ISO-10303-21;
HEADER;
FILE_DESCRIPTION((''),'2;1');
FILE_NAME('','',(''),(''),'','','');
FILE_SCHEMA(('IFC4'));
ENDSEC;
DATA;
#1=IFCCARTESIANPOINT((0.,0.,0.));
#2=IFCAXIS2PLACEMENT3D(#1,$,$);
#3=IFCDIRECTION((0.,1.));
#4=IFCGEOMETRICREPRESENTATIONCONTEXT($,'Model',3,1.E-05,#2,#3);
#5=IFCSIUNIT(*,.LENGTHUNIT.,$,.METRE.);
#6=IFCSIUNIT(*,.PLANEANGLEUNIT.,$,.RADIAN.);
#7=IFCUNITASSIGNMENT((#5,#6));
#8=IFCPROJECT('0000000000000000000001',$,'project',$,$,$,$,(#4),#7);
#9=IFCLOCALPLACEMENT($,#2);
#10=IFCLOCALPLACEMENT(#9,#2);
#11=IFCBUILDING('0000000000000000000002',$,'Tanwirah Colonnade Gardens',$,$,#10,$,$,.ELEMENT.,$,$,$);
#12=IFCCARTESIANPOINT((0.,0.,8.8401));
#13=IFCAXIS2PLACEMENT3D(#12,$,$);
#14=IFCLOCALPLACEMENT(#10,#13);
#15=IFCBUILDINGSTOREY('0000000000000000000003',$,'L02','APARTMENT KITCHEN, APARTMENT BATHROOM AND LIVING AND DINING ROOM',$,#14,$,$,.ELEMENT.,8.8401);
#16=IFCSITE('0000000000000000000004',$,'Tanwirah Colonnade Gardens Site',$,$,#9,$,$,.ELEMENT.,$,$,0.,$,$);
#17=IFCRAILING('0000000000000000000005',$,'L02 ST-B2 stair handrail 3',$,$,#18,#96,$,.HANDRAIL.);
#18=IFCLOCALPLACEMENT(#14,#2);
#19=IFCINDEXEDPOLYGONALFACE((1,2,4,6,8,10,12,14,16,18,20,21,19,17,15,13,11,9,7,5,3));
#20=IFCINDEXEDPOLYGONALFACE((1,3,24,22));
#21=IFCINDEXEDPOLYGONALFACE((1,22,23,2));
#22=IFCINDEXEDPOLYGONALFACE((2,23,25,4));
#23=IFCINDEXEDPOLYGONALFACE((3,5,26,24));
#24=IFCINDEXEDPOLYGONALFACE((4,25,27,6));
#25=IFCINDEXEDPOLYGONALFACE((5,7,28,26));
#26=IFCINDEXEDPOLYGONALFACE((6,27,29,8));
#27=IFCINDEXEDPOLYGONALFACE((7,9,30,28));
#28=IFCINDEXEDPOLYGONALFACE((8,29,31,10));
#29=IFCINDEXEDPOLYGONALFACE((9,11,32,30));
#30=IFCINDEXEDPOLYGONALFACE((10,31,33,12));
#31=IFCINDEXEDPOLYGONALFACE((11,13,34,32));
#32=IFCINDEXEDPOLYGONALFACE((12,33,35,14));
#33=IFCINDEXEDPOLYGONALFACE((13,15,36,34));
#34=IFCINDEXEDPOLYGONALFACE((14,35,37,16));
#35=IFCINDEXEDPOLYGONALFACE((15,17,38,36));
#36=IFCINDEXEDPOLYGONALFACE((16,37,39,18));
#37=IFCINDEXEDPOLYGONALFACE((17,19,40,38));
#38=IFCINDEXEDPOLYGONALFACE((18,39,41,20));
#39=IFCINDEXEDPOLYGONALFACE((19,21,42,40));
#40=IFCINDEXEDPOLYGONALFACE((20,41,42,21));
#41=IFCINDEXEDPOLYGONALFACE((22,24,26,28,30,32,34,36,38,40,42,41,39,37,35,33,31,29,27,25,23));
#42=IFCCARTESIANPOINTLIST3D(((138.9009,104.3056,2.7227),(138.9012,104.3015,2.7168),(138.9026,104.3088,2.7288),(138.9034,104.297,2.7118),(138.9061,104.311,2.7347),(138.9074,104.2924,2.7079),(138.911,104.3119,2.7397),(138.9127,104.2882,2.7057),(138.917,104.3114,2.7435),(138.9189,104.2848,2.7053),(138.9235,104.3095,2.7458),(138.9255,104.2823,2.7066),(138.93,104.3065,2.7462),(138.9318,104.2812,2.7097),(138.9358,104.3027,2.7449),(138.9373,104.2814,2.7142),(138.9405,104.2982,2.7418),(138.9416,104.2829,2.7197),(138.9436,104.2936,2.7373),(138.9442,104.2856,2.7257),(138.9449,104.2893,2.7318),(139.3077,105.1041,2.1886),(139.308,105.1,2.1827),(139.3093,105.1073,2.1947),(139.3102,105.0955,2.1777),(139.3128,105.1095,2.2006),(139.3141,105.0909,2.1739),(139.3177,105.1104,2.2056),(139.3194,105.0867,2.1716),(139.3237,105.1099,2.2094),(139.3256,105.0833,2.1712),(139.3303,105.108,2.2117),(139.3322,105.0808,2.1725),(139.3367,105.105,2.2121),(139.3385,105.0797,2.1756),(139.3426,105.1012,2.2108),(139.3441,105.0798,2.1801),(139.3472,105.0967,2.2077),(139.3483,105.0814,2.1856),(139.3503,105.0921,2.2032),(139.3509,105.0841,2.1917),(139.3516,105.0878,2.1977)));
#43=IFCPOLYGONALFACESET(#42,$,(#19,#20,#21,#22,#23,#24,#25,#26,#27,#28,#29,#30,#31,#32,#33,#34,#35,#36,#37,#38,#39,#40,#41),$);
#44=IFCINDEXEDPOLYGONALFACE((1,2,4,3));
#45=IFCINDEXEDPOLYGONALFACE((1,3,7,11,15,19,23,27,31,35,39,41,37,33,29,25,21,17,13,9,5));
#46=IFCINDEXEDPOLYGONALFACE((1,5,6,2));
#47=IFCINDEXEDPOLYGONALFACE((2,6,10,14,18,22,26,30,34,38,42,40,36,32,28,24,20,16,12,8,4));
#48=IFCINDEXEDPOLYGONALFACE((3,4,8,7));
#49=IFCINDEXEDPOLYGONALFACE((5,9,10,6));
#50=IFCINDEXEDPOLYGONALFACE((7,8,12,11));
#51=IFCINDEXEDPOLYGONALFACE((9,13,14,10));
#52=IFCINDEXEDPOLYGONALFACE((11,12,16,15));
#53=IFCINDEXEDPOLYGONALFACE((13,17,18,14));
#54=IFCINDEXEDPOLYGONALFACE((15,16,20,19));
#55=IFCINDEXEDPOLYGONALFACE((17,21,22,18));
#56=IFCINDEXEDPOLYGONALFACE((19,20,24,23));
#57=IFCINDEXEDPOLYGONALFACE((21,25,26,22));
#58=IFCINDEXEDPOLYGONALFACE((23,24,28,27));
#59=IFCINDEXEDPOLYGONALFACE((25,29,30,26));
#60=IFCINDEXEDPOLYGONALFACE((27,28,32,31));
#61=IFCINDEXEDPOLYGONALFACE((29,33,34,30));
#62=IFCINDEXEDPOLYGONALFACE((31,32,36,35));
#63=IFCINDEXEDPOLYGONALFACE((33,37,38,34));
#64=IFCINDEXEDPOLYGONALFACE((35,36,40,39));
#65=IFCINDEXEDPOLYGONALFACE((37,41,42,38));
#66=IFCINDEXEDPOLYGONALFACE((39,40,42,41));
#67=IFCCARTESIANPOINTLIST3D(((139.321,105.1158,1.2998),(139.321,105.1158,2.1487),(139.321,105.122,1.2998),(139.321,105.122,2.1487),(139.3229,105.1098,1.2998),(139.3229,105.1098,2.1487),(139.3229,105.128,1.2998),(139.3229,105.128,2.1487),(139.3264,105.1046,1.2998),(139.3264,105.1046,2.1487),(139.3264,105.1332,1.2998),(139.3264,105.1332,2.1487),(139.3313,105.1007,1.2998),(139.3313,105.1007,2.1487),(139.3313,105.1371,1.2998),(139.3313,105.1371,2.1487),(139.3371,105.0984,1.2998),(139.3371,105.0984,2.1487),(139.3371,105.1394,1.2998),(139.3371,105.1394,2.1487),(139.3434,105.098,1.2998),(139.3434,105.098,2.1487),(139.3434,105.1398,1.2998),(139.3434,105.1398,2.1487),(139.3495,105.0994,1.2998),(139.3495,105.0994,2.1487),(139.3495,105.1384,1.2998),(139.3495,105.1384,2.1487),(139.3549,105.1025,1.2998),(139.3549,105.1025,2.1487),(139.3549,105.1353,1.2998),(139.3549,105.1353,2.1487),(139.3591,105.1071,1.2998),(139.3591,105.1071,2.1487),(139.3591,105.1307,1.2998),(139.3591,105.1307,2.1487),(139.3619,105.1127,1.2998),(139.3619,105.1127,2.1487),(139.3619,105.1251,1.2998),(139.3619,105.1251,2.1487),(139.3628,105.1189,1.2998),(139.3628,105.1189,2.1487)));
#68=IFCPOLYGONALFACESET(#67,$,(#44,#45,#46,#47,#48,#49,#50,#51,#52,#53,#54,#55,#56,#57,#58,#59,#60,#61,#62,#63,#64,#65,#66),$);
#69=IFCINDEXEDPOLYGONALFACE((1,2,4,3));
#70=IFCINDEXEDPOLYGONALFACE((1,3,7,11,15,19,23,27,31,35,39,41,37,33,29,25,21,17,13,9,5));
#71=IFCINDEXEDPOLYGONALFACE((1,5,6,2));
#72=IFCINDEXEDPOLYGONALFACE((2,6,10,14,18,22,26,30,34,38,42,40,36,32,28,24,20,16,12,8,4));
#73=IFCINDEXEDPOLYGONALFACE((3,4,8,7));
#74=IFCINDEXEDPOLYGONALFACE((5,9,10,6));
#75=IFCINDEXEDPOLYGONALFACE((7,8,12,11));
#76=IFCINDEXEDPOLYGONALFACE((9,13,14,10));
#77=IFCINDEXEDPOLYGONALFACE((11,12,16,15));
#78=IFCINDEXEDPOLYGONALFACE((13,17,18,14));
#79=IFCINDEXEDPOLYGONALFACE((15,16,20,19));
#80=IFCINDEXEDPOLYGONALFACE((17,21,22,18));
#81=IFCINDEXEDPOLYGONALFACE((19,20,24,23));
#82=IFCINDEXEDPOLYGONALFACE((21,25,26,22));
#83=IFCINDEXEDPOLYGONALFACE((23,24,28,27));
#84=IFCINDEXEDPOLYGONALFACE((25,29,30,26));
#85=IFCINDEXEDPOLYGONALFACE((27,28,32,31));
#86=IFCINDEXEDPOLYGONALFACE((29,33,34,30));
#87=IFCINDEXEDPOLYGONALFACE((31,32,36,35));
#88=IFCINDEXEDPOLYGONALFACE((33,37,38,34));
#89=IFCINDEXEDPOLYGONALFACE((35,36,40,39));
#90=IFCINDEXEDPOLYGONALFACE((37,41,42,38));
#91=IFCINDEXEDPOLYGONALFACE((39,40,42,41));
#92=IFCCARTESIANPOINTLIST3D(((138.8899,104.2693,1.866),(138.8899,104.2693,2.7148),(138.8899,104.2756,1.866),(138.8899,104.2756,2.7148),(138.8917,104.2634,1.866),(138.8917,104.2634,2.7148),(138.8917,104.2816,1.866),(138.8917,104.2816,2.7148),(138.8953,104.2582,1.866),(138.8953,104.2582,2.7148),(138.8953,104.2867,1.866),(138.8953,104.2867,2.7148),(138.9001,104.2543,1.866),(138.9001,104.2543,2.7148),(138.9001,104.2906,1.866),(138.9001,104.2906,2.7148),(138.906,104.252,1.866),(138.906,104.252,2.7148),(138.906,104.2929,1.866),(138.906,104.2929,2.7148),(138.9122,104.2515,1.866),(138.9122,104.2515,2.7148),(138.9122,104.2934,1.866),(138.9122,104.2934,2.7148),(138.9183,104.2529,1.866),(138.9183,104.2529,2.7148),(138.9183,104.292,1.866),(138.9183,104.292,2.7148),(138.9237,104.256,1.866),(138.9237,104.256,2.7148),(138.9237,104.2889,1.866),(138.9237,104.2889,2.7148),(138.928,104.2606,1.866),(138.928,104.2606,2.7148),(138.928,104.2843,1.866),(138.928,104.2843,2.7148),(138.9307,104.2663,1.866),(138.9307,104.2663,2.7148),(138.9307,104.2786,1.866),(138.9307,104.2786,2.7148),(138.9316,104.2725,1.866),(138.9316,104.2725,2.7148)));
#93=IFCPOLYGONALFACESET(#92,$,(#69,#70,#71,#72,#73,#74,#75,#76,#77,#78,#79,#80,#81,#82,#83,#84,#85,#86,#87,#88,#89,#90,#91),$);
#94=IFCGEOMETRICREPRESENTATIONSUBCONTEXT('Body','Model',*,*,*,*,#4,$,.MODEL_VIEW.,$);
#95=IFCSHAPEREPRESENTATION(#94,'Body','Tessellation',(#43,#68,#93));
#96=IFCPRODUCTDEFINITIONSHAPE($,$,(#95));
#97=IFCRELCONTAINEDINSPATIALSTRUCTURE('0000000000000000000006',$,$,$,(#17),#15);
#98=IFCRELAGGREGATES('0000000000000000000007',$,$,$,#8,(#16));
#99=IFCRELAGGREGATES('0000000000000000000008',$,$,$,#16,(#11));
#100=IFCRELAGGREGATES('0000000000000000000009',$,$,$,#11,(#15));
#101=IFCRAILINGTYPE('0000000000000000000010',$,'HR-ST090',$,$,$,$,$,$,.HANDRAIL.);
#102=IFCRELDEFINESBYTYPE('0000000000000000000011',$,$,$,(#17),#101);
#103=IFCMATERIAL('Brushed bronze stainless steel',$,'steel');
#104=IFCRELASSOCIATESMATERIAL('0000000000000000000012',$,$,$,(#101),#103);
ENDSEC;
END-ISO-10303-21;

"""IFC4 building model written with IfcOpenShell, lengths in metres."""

from ifc_helpers import new_model, si_unit, direction, frame, origin, origin_2d, place, context, subcontext, project, spatial, circle, extrude, material, type_object, element, save


model = new_model("IFC4")

# Units and contexts
model_context = context("Model", 3, precision=1e-05, world=origin(), true_north=direction((0.0, 1.0)))
body_context = subcontext(model_context, "Body", "Model", "MODEL_VIEW")
ifc_project = project(units=[si_unit("LENGTHUNIT", "METRE"), si_unit("PLANEANGLEUNIT", "RADIAN")], contexts=[model_context])

# Site, building, storey
site_placement = place(None, origin())
site = spatial("IfcSite", under=ifc_project, at=site_placement, Name="Tanwirah Colonnade Gardens Site", CompositionType="ELEMENT", RefElevation=0.0)
building_placement = place(site_placement, origin())
building = spatial("IfcBuilding", under=site, at=building_placement, Name="Tanwirah Colonnade Gardens", CompositionType="ELEMENT")
storey_placement = place(building_placement, frame((0.0, 0.0, 8.8401)))
storey = spatial("IfcBuildingStorey", under=building, at=storey_placement, Name="L02", Description="APARTMENT KITCHEN, APARTMENT BATHROOM AND LIVING AND DINING ROOM", CompositionType="ELEMENT", Elevation=8.8401)

# Railing
ifc_material_1 = material(Name="Brushed bronze stainless steel", Category="steel")
railing_type_1 = type_object("IfcRailingType", Name="HR-ST090", PredefinedType="HANDRAIL", material=ifc_material_1)
railing_1_placement = place(storey_placement, frame((139.3418, 105.1189, 1.2998)))
element("IfcRailing", 1, at=railing_1_placement, inside=storey, type_object=railing_type_1, Name="L02 ST-B2 stair handrail 3", PredefinedType="HANDRAIL", context=body_context, shape_type="SweptSolid", body=[
    extrude(circle(Radius=0.0239, at=origin_2d()), frame((-0.0122, -0.0239, 0.8918), z_axis=(-0.389886, -0.765422, 0.511974), x_axis=(0.891061, -0.453883, 0.0)), (0.0, 0.0, 1.0), 1.0432),
    extrude(circle(Radius=0.021, at=origin_2d()), origin(), (0.0, 0.0, 1.0), 0.8489),
    extrude(circle(Radius=0.021, at=origin_2d()), frame((-0.4312, -0.8464, 0.5662)), (0.0, 0.0, 1.0), 0.8489),
])

save(model, "model.ifc")
